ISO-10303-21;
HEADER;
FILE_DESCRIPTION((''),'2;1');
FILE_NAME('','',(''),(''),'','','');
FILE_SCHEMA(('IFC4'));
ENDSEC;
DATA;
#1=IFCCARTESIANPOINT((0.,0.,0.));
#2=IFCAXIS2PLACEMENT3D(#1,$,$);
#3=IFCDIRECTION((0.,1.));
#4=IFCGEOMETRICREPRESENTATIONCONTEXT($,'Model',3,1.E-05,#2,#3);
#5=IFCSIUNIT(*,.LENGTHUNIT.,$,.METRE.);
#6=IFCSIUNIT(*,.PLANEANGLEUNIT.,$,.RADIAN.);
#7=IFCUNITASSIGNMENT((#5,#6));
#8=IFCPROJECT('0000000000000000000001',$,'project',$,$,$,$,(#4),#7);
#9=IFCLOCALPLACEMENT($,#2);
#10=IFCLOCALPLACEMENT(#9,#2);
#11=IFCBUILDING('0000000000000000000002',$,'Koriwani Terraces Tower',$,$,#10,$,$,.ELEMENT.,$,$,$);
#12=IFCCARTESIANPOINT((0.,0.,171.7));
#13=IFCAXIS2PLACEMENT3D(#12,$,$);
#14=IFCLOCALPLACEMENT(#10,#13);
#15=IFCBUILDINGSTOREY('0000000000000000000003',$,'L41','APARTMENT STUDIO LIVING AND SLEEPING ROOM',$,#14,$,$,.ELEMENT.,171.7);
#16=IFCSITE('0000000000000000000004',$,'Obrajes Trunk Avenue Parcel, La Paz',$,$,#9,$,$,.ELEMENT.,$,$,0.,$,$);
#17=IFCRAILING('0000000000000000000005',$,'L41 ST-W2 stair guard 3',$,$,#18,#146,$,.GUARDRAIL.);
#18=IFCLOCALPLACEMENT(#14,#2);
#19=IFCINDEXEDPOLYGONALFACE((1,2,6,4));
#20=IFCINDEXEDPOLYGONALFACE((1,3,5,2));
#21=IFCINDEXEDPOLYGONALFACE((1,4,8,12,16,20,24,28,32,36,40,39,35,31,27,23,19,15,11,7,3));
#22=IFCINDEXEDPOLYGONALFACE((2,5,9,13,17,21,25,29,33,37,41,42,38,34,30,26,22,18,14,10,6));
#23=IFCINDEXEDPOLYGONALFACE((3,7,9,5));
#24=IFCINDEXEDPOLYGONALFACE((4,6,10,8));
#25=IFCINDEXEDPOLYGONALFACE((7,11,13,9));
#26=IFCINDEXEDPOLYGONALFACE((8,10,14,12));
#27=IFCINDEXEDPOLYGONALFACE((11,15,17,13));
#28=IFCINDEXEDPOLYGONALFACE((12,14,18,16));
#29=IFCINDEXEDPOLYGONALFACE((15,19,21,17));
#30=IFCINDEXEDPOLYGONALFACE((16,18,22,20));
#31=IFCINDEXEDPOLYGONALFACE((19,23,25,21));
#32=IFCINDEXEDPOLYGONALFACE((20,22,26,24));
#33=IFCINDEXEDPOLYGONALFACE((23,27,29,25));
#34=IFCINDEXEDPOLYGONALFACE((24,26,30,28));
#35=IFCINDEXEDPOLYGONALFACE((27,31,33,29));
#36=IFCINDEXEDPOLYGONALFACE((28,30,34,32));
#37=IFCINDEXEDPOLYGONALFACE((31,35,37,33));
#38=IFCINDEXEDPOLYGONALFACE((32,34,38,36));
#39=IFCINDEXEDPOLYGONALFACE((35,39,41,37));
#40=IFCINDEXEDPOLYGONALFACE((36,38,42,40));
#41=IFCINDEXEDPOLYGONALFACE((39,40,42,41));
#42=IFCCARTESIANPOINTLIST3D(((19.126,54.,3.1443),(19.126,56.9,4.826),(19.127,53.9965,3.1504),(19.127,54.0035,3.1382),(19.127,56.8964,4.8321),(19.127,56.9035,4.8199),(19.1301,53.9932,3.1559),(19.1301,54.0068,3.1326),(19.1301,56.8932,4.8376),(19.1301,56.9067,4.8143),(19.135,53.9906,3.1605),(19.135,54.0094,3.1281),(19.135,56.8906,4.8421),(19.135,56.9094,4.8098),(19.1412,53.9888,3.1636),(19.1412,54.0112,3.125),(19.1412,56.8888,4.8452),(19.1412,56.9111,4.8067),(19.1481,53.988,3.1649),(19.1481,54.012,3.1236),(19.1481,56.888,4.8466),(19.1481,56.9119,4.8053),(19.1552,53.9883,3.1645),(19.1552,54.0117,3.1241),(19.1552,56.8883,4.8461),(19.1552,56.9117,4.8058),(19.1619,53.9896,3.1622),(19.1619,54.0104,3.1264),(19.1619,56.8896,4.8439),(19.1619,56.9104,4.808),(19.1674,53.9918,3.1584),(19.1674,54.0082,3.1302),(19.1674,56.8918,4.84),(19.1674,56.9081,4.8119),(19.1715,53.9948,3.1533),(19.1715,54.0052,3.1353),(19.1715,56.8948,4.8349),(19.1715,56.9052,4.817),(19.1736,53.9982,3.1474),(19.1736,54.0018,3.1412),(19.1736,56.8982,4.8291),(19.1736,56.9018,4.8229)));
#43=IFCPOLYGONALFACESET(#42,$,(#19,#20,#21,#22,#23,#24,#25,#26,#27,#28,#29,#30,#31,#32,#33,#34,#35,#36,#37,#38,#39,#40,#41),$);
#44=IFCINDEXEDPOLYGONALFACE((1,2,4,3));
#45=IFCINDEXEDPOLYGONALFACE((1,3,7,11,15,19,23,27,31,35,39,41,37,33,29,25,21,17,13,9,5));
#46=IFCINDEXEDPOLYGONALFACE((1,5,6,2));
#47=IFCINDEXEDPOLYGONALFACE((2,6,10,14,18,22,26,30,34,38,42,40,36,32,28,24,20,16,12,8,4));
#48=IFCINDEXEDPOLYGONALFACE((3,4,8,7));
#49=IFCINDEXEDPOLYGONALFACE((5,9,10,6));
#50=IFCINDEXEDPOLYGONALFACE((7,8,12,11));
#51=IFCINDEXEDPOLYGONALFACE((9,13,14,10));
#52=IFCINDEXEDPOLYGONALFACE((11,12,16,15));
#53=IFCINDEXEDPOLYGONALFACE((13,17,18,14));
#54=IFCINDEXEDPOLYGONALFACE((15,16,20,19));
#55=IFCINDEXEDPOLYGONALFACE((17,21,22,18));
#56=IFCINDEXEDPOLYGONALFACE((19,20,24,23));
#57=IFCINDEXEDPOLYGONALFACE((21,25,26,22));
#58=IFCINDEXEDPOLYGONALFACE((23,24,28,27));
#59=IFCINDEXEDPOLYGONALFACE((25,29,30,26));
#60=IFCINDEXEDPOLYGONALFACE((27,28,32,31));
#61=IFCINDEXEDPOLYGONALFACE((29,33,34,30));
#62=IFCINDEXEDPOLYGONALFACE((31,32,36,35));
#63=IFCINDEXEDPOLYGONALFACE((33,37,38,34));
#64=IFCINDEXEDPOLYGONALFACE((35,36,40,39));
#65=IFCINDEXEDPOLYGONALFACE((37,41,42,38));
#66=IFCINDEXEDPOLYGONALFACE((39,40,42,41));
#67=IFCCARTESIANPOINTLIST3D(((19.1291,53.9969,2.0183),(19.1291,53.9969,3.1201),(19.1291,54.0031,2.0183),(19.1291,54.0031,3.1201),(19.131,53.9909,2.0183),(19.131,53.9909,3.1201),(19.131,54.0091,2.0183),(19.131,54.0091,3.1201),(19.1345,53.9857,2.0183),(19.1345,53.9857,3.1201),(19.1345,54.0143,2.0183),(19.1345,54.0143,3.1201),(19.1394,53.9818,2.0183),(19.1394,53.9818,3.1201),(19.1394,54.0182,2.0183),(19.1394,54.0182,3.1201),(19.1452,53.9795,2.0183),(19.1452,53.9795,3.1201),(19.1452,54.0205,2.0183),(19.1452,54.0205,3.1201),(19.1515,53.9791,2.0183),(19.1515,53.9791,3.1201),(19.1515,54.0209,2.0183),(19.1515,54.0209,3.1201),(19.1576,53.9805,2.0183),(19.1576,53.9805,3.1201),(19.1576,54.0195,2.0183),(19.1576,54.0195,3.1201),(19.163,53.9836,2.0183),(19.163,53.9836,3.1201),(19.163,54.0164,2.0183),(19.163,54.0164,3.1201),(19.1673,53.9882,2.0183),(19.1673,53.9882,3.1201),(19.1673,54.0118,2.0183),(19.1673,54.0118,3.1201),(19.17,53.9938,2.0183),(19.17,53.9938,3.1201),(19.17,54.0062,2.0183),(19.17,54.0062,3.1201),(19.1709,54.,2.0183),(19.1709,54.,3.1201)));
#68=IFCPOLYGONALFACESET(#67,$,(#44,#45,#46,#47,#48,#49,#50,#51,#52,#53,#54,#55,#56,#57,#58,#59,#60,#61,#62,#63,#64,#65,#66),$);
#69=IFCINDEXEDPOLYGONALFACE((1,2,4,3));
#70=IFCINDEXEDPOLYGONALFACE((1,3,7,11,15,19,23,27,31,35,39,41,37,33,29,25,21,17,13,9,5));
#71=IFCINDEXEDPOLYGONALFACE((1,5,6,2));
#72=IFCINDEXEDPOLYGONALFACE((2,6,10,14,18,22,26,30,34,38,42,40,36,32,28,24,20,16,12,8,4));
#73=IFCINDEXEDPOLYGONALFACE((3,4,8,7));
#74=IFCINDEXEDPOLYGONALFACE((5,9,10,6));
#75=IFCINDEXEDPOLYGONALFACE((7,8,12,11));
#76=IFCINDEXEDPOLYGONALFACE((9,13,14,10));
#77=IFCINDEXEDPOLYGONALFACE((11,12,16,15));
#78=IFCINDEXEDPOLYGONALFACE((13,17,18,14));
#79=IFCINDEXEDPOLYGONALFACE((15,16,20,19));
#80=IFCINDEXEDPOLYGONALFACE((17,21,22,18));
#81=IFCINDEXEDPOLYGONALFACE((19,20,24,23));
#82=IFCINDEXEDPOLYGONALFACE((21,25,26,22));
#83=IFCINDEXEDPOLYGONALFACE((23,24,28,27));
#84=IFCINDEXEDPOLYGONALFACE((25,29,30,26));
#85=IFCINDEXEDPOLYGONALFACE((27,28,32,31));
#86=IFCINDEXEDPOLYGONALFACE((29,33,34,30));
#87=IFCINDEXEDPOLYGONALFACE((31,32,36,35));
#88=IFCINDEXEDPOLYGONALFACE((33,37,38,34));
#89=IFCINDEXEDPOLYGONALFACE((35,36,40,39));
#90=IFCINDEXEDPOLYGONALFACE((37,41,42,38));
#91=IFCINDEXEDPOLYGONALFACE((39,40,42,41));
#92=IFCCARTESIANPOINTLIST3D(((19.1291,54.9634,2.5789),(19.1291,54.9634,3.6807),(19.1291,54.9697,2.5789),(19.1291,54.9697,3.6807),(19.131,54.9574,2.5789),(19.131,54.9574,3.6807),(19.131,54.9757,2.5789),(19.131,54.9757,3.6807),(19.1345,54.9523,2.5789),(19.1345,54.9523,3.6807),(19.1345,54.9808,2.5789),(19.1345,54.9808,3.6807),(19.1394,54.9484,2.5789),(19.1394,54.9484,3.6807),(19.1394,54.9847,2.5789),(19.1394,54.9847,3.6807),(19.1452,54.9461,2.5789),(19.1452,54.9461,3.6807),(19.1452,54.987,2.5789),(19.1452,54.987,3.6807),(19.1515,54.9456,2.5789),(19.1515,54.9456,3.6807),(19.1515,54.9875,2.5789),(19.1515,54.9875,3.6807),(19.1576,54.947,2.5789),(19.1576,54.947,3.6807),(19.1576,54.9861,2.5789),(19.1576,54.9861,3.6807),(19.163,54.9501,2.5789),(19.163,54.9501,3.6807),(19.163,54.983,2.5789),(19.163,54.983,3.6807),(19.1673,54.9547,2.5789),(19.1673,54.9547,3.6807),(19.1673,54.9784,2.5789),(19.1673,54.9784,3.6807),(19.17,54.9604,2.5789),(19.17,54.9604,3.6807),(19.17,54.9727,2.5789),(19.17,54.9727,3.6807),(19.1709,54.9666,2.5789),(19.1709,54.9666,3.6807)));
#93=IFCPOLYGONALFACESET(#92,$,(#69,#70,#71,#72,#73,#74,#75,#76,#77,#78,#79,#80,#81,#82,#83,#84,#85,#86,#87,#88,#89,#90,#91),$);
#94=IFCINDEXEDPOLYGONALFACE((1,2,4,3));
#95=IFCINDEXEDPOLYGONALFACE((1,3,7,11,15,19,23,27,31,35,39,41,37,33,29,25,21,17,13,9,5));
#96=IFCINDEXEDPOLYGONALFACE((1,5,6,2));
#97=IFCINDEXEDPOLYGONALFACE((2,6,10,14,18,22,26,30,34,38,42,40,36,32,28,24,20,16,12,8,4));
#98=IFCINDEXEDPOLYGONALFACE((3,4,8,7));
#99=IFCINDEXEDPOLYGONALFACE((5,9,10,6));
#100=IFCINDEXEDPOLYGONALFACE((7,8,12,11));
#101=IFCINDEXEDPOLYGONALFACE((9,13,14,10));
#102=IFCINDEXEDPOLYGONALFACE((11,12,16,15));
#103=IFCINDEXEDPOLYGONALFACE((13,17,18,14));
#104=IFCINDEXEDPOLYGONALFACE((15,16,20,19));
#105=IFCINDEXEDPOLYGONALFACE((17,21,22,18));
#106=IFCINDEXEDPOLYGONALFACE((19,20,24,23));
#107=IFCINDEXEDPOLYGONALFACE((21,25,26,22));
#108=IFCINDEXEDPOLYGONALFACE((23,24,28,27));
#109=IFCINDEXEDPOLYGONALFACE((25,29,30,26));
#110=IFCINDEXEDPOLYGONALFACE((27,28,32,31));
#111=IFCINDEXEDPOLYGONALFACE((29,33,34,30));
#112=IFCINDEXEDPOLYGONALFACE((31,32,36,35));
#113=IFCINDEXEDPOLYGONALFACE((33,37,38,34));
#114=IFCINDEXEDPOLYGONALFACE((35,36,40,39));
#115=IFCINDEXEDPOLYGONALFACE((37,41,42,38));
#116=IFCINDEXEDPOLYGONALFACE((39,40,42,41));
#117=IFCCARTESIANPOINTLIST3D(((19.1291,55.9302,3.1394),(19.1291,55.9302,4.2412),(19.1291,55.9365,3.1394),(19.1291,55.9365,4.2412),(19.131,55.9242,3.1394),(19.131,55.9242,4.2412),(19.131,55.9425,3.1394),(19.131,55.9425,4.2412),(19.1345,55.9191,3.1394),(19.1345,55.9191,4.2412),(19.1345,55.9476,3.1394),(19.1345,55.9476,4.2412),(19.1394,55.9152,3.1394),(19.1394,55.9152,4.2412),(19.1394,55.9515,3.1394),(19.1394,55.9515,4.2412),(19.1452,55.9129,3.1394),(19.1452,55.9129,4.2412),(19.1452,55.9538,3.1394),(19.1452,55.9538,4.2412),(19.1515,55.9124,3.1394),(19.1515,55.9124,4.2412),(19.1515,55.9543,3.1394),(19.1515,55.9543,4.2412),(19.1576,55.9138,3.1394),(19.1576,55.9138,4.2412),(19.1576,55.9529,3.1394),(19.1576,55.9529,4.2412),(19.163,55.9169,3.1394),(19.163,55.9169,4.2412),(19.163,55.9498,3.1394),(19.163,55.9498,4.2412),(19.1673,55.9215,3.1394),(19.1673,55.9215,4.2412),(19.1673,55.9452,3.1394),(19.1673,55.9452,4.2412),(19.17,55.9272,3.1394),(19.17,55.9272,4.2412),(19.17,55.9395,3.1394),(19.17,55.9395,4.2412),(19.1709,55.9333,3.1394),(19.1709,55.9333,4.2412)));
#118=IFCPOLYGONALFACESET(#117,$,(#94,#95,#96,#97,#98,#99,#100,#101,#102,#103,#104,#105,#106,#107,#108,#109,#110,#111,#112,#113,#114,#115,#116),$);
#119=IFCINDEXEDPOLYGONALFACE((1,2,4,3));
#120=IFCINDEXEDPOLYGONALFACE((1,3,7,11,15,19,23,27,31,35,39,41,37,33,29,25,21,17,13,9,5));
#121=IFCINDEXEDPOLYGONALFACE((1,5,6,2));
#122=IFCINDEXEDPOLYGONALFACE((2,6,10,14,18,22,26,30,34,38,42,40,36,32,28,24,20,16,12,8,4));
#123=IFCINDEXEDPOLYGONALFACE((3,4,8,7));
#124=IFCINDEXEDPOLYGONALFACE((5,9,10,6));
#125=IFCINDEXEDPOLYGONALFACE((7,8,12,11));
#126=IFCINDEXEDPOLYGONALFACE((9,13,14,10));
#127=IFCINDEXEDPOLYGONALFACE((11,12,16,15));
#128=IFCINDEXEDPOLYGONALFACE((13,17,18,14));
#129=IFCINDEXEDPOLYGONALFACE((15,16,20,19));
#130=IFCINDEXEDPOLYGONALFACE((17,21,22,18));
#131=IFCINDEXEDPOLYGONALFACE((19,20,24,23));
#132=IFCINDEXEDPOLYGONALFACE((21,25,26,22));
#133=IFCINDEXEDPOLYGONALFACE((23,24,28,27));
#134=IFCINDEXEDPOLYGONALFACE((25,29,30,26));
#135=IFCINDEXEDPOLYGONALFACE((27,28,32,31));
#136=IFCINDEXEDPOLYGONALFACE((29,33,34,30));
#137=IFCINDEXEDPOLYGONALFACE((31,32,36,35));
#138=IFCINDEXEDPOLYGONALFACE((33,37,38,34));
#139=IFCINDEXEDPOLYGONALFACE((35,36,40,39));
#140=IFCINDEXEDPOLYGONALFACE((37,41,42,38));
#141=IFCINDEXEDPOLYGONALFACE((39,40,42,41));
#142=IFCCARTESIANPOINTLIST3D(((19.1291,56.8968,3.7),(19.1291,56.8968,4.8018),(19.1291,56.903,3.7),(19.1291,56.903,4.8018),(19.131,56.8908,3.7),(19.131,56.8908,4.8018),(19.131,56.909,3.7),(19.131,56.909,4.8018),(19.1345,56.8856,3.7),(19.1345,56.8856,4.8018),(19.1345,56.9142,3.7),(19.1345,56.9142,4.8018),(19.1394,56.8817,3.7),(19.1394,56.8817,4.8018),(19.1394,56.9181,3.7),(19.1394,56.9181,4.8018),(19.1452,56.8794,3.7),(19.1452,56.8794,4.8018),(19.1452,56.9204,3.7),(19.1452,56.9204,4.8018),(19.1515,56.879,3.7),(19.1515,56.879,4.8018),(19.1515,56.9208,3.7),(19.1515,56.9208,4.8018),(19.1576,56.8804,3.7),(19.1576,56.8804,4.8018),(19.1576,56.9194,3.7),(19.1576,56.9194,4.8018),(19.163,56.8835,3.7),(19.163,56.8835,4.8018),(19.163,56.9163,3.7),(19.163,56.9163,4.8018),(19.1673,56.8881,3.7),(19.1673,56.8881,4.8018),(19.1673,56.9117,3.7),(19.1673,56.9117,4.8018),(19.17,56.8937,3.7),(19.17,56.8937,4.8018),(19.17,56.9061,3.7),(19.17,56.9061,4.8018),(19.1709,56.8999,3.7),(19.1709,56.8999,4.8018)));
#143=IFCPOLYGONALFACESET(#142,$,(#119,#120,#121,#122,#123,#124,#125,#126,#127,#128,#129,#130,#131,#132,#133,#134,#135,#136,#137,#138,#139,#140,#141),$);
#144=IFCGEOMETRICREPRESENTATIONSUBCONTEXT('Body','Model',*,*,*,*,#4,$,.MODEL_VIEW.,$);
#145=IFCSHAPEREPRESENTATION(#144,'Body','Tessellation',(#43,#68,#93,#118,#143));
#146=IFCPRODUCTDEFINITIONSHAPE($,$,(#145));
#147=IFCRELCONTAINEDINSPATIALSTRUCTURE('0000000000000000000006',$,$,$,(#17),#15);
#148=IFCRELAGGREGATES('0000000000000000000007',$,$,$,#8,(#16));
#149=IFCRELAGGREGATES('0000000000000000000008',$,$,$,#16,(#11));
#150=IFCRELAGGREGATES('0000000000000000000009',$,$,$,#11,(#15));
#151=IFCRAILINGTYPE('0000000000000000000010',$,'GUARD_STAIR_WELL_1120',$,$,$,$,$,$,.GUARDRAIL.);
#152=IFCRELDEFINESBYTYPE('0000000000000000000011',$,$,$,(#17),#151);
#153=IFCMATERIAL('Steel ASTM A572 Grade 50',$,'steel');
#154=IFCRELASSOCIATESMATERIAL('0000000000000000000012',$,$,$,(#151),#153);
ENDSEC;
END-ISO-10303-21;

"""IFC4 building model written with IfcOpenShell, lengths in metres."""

from ifc_helpers import new_model, si_unit, direction, frame, origin, origin_2d, place, context, subcontext, project, spatial, circle, extrude, material, type_object, element, save


model = new_model("IFC4")

# Units and contexts
model_context = context("Model", 3, precision=1e-05, world=origin(), true_north=direction((0.0, 1.0)))
body_context = subcontext(model_context, "Body", "Model", "MODEL_VIEW")
ifc_project = project(units=[si_unit("LENGTHUNIT", "METRE"), si_unit("PLANEANGLEUNIT", "RADIAN")], contexts=[model_context])

# Site, building, storey
site_placement = place(None, origin())
site = spatial("IfcSite", under=ifc_project, at=site_placement, Name="Obrajes Trunk Avenue Parcel, La Paz", CompositionType="ELEMENT", RefElevation=0.0)
building_placement = place(site_placement, origin())
building = spatial("IfcBuilding", under=site, at=building_placement, Name="Koriwani Terraces Tower", CompositionType="ELEMENT")
storey_placement = place(building_placement, frame((0.0, 0.0, 171.7)))
storey = spatial("IfcBuildingStorey", under=building, at=storey_placement, Name="L41", Description="APARTMENT STUDIO LIVING AND SLEEPING ROOM", CompositionType="ELEMENT", Elevation=171.7)

# Shared definitions
ifc_material_1 = material(Name="Steel ASTM A572 Grade 50", Category="steel")

# Railing
railing_type_1 = type_object("IfcRailingType", Name="GUARD_STAIR_WELL_1120", PredefinedType="GUARDRAIL", material=ifc_material_1)
railing_1_placement = place(storey_placement, frame((19.1499, 54.0, 2.0183)))
element("IfcRailing", 1, at=railing_1_placement, inside=storey, type_object=railing_type_1, Name="L41 ST-W2 stair guard 3", PredefinedType="GUARDRAIL", context=body_context, shape_type="SweptSolid", body=[
    extrude(circle(Radius=0.0239, at=origin_2d()), frame((0.0, 0.0, 1.126), z_axis=(0.0, 0.86507, 0.501651), x_axis=(-1.0, 0.0, 0.0)), (0.0, 0.0, 1.0), 3.3523),
    extrude(circle(Radius=0.021, at=origin_2d()), origin(), (0.0, 0.0, 1.0), 1.1018),
    extrude(circle(Radius=0.021, at=origin_2d()), frame((0.0, 0.9666, 0.5605)), (0.0, 0.0, 1.0), 1.1018),
    extrude(circle(Radius=0.021, at=origin_2d()), frame((0.0, 1.9333, 1.1211)), (0.0, 0.0, 1.0), 1.1018),
    extrude(circle(Radius=0.021, at=origin_2d()), frame((0.0, 2.8999, 1.6816)), (0.0, 0.0, 1.0), 1.1018),
])

save(model, "model.ifc")
